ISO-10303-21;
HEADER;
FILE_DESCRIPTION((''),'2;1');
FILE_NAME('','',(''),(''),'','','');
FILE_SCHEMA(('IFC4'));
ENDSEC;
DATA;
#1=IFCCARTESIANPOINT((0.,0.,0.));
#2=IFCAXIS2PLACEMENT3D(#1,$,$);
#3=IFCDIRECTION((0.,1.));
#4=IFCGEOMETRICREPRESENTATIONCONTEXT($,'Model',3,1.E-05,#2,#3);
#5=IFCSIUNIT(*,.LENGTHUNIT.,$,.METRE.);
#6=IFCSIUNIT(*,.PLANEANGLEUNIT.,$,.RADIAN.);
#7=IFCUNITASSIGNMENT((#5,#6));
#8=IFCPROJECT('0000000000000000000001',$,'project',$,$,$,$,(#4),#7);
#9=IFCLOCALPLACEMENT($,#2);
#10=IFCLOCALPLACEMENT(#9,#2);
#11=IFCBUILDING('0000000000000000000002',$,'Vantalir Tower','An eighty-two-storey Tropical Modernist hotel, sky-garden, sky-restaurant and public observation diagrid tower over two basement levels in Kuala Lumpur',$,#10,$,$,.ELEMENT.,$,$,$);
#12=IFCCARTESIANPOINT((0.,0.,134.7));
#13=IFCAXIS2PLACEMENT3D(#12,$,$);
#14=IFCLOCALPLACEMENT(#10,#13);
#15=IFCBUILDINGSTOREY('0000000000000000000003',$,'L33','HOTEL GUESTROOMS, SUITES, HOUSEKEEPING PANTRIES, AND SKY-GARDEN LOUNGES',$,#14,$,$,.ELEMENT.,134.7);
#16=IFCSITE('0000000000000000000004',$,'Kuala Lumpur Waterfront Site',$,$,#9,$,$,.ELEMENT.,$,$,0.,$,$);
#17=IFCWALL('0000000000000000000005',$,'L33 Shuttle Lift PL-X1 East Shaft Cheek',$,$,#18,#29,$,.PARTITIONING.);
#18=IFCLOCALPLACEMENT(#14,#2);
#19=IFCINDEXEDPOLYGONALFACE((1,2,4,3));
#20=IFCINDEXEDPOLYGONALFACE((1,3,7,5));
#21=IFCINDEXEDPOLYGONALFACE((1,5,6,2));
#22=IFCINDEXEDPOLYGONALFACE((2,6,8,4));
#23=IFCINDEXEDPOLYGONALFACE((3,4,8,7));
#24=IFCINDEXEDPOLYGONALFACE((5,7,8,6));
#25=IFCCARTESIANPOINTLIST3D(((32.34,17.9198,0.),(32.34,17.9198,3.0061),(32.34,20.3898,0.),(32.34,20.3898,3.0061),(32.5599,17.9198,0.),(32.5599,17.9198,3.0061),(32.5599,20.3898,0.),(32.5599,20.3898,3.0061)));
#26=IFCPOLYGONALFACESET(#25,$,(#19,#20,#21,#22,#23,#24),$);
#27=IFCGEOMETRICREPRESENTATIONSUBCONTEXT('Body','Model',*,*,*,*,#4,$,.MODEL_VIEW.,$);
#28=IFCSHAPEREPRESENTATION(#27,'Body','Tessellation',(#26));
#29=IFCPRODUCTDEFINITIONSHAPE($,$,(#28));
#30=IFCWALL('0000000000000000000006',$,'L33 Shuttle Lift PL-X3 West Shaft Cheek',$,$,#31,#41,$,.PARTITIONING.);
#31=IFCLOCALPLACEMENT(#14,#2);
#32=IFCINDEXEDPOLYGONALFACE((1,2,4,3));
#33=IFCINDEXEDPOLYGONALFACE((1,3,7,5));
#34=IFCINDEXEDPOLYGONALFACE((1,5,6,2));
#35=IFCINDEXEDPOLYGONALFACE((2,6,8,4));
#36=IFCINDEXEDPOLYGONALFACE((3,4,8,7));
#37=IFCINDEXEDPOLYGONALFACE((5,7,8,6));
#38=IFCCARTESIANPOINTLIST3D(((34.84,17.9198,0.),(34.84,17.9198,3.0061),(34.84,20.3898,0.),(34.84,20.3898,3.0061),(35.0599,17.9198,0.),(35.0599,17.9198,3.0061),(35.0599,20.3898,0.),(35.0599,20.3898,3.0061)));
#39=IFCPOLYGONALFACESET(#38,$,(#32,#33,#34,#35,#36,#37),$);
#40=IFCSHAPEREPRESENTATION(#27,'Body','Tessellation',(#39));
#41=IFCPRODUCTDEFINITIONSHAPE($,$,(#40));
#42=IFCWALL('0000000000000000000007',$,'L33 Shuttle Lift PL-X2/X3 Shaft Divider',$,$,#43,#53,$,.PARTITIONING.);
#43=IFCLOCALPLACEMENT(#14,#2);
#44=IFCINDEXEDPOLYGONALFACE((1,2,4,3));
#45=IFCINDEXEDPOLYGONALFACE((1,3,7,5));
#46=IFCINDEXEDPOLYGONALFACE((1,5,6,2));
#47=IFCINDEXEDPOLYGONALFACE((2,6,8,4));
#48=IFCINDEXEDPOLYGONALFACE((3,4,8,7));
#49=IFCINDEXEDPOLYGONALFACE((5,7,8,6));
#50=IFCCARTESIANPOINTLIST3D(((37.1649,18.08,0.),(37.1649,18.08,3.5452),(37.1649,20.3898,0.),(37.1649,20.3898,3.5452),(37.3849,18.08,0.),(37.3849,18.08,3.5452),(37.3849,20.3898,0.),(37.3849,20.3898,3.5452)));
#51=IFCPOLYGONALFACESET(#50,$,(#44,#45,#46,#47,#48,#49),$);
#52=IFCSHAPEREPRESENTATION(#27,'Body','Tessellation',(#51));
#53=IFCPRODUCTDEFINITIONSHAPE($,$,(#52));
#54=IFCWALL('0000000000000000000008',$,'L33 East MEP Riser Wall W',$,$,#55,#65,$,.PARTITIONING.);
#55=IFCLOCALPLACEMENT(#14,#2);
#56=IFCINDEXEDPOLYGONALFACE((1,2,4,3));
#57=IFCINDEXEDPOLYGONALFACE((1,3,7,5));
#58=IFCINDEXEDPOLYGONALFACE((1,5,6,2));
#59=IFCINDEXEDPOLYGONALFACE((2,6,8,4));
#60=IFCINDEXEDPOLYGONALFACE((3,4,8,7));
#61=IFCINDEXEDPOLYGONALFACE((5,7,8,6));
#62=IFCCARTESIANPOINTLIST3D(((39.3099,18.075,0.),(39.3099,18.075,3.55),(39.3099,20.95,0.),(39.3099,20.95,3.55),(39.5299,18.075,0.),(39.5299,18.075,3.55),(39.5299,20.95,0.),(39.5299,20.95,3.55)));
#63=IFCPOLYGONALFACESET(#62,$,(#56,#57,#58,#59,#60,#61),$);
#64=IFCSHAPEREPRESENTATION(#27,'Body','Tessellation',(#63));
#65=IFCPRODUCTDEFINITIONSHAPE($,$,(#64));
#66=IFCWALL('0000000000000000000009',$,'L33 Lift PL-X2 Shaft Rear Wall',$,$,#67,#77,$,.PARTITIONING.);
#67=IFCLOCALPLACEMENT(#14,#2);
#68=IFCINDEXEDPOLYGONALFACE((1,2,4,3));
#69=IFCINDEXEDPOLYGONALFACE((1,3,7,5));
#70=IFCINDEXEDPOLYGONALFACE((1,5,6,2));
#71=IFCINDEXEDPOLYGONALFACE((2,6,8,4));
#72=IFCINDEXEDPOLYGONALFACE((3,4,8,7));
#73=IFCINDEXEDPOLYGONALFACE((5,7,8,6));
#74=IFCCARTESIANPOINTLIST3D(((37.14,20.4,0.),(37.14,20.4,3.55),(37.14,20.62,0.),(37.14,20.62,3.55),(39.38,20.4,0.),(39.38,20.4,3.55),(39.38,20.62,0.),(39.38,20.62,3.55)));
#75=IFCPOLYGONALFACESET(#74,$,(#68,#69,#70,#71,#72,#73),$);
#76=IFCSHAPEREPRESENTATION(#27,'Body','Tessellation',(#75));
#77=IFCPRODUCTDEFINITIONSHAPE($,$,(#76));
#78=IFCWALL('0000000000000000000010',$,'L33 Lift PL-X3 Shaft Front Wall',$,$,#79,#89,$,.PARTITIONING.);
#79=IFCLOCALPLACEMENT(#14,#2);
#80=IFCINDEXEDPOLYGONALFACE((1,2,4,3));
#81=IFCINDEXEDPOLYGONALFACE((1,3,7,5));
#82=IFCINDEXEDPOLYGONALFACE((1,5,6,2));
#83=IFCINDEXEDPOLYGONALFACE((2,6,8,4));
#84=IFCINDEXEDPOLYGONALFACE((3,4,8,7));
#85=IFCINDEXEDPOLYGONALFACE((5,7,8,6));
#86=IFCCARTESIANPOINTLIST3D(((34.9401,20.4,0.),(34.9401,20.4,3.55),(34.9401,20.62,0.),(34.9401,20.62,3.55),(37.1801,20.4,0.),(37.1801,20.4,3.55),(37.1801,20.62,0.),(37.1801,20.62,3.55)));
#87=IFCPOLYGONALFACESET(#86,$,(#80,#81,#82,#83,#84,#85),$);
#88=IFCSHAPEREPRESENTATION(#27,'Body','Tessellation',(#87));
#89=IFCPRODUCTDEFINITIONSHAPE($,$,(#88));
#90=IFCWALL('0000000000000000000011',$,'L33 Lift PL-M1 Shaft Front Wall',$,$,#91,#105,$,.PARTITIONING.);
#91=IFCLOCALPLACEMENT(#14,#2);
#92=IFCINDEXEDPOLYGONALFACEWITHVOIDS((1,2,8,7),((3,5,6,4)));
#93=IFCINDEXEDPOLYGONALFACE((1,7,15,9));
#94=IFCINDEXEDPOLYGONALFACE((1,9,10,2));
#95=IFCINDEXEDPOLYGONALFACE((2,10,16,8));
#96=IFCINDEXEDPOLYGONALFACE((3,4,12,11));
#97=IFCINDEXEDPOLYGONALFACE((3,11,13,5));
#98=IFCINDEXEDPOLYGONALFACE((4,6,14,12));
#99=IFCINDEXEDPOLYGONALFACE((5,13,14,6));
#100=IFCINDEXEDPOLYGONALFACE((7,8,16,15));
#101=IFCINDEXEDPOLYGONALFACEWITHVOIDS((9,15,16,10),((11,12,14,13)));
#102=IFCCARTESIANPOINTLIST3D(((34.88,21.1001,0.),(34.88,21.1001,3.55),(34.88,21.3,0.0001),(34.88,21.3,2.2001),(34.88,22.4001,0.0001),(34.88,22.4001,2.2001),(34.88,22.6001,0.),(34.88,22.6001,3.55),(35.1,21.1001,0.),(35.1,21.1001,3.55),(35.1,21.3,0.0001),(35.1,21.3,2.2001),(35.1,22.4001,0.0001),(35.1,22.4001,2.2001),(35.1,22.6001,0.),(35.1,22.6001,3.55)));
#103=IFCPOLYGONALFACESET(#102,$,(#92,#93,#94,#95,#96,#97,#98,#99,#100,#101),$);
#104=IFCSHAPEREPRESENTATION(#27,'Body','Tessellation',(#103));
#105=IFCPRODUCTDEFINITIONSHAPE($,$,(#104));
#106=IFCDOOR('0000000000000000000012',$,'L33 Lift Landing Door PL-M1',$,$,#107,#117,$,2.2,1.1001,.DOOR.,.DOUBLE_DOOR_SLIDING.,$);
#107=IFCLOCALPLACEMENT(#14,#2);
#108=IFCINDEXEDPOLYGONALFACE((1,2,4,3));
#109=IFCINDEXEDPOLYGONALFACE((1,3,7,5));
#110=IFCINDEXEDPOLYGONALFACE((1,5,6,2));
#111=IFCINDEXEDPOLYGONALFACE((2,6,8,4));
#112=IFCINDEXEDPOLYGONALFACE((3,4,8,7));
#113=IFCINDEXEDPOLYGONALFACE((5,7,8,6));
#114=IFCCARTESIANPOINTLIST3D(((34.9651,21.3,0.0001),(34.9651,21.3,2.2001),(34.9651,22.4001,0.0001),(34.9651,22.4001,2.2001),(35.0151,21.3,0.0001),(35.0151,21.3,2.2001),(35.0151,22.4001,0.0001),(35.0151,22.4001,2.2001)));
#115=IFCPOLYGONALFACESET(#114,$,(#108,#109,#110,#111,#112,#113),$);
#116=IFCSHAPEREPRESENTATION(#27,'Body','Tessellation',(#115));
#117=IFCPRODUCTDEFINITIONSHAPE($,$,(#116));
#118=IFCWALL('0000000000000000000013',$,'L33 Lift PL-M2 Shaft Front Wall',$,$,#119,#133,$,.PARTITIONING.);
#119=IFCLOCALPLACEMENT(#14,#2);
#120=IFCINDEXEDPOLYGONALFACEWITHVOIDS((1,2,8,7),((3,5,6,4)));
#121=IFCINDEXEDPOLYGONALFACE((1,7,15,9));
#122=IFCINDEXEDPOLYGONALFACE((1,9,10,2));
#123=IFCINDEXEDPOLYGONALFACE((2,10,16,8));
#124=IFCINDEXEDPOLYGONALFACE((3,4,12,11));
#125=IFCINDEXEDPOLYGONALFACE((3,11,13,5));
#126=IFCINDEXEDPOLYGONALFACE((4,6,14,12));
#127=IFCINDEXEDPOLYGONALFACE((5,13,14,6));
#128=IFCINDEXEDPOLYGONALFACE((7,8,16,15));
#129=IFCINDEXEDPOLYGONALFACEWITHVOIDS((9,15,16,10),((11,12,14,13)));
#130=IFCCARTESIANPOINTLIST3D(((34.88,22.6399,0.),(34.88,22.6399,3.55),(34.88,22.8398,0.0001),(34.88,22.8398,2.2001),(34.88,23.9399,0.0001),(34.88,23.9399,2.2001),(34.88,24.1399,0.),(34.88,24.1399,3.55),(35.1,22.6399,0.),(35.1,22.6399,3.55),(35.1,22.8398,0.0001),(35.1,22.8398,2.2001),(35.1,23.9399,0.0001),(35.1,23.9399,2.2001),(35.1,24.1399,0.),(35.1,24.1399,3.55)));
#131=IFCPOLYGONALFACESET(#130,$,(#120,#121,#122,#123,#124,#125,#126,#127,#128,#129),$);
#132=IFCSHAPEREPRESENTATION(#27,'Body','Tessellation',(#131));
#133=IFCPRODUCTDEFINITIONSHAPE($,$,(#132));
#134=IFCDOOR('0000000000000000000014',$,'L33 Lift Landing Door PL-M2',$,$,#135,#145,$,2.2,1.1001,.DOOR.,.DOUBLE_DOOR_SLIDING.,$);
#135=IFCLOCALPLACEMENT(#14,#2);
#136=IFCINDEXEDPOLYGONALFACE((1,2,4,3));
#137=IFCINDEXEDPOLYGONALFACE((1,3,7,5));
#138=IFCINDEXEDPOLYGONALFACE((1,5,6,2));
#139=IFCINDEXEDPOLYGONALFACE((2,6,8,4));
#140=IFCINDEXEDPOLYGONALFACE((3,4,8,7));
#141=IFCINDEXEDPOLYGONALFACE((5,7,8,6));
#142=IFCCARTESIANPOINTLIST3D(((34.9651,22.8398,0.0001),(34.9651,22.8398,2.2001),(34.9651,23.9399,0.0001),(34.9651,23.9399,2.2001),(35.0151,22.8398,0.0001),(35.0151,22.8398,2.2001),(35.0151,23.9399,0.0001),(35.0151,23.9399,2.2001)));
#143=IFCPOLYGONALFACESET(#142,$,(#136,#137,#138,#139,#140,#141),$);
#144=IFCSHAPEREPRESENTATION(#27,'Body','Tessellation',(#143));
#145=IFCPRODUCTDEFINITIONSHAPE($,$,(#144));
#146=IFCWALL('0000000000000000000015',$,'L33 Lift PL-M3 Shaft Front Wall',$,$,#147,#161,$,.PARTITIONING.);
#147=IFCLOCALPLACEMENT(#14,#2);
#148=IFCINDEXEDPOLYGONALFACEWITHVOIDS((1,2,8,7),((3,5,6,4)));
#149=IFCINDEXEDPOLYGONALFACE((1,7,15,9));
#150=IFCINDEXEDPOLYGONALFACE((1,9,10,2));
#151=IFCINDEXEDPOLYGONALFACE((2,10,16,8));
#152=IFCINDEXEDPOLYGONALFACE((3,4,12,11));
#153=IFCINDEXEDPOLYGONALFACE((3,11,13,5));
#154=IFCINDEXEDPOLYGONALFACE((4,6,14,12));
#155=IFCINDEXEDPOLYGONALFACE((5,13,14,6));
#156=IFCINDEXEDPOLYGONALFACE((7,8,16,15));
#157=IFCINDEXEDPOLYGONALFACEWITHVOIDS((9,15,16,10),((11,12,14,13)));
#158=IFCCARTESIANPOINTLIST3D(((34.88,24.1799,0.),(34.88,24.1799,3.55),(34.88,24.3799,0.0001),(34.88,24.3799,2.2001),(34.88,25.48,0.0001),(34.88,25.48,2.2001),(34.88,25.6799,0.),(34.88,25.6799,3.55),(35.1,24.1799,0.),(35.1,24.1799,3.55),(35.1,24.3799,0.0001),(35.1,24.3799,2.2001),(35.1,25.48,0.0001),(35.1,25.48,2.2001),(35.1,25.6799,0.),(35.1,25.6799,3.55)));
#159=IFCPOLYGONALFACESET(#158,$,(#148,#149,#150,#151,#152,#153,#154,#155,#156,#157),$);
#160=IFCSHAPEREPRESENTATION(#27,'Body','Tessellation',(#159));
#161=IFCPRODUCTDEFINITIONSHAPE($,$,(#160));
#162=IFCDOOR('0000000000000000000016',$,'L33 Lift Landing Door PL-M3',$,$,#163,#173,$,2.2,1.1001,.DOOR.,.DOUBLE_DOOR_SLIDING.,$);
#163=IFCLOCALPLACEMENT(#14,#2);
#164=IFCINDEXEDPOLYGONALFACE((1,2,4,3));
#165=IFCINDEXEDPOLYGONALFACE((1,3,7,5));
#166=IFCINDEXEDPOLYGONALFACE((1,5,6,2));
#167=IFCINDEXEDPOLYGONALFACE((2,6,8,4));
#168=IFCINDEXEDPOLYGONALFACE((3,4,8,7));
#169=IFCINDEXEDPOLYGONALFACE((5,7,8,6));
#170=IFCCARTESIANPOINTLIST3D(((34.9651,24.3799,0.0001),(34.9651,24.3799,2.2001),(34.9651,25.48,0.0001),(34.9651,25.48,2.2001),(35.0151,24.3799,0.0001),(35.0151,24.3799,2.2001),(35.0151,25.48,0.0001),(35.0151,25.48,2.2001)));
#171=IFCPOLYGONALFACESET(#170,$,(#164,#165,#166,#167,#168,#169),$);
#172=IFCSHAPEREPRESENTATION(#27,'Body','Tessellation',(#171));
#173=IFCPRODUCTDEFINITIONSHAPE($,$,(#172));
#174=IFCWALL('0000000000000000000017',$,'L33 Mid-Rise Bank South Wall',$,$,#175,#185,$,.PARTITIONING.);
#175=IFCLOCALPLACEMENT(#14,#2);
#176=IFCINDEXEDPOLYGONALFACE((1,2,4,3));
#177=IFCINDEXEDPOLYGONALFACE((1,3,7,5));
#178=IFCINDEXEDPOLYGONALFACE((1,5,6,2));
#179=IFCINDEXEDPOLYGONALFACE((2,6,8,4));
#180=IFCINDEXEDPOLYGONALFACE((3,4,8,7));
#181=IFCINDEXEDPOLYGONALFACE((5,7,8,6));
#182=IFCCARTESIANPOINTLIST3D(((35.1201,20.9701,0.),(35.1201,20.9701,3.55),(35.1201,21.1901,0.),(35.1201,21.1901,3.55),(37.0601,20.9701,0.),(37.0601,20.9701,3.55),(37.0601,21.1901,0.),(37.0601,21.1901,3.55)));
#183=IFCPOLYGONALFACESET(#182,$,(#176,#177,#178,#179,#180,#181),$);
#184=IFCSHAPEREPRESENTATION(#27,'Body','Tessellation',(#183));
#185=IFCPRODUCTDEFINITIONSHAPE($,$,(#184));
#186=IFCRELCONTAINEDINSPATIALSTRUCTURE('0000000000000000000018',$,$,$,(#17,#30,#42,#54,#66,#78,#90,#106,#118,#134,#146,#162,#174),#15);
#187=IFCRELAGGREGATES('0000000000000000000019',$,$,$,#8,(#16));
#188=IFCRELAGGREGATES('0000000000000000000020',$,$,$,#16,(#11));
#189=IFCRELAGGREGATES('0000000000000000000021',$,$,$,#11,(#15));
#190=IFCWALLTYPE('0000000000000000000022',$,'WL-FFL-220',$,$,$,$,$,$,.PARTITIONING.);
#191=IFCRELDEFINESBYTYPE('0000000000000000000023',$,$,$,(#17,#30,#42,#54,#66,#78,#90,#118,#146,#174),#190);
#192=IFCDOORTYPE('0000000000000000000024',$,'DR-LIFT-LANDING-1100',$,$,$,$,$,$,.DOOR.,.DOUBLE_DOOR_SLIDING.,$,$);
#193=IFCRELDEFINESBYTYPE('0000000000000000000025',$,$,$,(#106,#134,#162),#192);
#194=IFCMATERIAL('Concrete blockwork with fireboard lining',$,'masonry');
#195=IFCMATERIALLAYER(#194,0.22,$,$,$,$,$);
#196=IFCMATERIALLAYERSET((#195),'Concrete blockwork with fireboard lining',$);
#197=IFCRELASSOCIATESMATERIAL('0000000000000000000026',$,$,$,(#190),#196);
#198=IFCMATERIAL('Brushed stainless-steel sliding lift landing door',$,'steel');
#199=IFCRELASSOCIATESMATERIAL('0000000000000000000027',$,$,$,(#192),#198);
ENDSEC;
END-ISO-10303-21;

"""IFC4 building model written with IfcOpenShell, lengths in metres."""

from ifc_helpers import new_model, si_unit, direction, frame, frame_2d, origin, place, context, subcontext, project, spatial, rectangle, extrude, material, layer, layer_set, type_object, element, fill, save


model = new_model("IFC4")

# Units and contexts
model_context = context("Model", 3, precision=1e-05, world=origin(), true_north=direction((0.0, 1.0)))
body_context = subcontext(model_context, "Body", "Model", "MODEL_VIEW")
ifc_project = project(units=[si_unit("LENGTHUNIT", "METRE"), si_unit("PLANEANGLEUNIT", "RADIAN")], contexts=[model_context])

# Site, building, storey
site_placement = place(None, origin())
site = spatial("IfcSite", under=ifc_project, at=site_placement, Name="Kuala Lumpur Waterfront Site", CompositionType="ELEMENT", RefElevation=0.0)
building_placement = place(site_placement, origin())
building = spatial("IfcBuilding", under=site, at=building_placement, Name="Vantalir Tower", Description="An eighty-two-storey Tropical Modernist hotel, sky-garden, sky-restaurant and public observation diagrid tower over two basement levels in Kuala Lumpur", CompositionType="ELEMENT")
storey_placement = place(building_placement, frame((0.0, 0.0, 134.7)))
storey = spatial("IfcBuildingStorey", under=building, at=storey_placement, Name="L33", Description="HOTEL GUESTROOMS, SUITES, HOUSEKEEPING PANTRIES, AND SKY-GARDEN LOUNGES", CompositionType="ELEMENT", Elevation=134.7)

# Walls
ifc_material_1 = material(Name="Concrete blockwork with fireboard lining", Category="masonry")
ifc_layer_1 = layer(ifc_material_1, 0.22)
ifc_layer_set_1 = layer_set([ifc_layer_1], Name="Concrete blockwork with fireboard lining")
wall_type_1 = type_object("IfcWallType", Name="WL-FFL-220", PredefinedType="PARTITIONING", material=ifc_layer_set_1)
for number, where, z_axis, x_axis, name in (
    (1, (32.45, 17.9199, 0.0), (0.0, 0.0, 1.0), (0.0, 1.0, 0.0), "L33 Shuttle Lift PL-X1 East Shaft Cheek"),
    (2, (34.95, 17.9199, 0.0), (0.0, 0.0, 1.0), (0.0, 1.0, 0.0), "L33 Shuttle Lift PL-X3 West Shaft Cheek"),
):
    element("IfcWall", number, at=place(storey_placement, frame(where, z_axis=z_axis, x_axis=x_axis)), inside=storey, type_object=wall_type_1, Name=name, PredefinedType="PARTITIONING", context=body_context, shape_type="SweptSolid", body=[
        extrude(rectangle(XDim=2.47, YDim=0.22, at=frame_2d((1.2349, 0.0))), origin(), (0.0, 0.0, 1.0), 3.0061),
    ])
wall_1_placement = place(storey_placement, frame((37.2749, 18.0801, 0.0), z_axis=(0.0, 0.0, 1.0), x_axis=(0.0, 1.0, 0.0)))
element("IfcWall", 3, at=wall_1_placement, inside=storey, type_object=wall_type_1, Name="L33 Shuttle Lift PL-X2/X3 Shaft Divider", PredefinedType="PARTITIONING", context=body_context, shape_type="SweptSolid", body=[
    extrude(rectangle(XDim=2.3098, YDim=0.22, at=frame_2d((1.1548, 0.0))), origin(), (0.0, 0.0, 1.0), 3.5452),
])
wall_2_placement = place(storey_placement, frame((39.4199, 18.075, 0.0), z_axis=(0.0, 0.0, 1.0), x_axis=(0.0, 1.0, 0.0)))
element("IfcWall", 4, at=wall_2_placement, inside=storey, type_object=wall_type_1, Name="L33 East MEP Riser Wall W", PredefinedType="PARTITIONING", context=body_context, shape_type="SweptSolid", body=[
    extrude(rectangle(XDim=2.875, YDim=0.22, at=frame_2d((1.4375, 0.0))), origin(), (0.0, 0.0, 1.0), 3.55),
])
for number, where, z_axis, x_axis, name in (
    (5, (37.1399, 20.51, 0.0), (0.0, 0.0, 1.0), (1.0, 0.0, 0.0), "L33 Lift PL-X2 Shaft Rear Wall"),
    (6, (34.9399, 20.51, 0.0), (0.0, 0.0, 1.0), (1.0, 0.0, 0.0), "L33 Lift PL-X3 Shaft Front Wall"),
):
    element("IfcWall", number, at=place(storey_placement, frame(where, z_axis=z_axis, x_axis=x_axis)), inside=storey, type_object=wall_type_1, Name=name, PredefinedType="PARTITIONING", context=body_context, shape_type="SweptSolid", body=[
        extrude(rectangle(XDim=2.24, YDim=0.22, at=frame_2d((1.1201, 0.0))), origin(), (0.0, 0.0, 1.0), 3.55),
    ])

# Walls, openings, doors
wall_3_placement = place(storey_placement, frame((34.99, 21.1001, 0.0), z_axis=(0.0, 0.0, 1.0), x_axis=(0.0, 1.0, 0.0)))
wall_3 = element("IfcWall", 7, at=wall_3_placement, inside=storey, type_object=wall_type_1, Name="L33 Lift PL-M1 Shaft Front Wall", PredefinedType="PARTITIONING", context=body_context, shape_type="SweptSolid", body=[
    extrude(rectangle(XDim=1.5, YDim=0.22, at=frame_2d((0.75, 0.0))), origin(), (0.0, 0.0, 1.0), 3.55),
])
opening_1_placement = place(wall_3_placement, frame((0.2, 0.0, 0.0)))
opening_1 = element("IfcOpeningElement", 8, at=opening_1_placement, cuts=wall_3, PredefinedType="OPENING", context=body_context, shape_type="SweptSolid", body=[
    extrude(rectangle(XDim=1.1001, YDim=2.2, at=frame_2d((0.55, 1.1001))), frame((0.0, 0.1199, 0.0), z_axis=(0.0, -1.0, 0.0), x_axis=(1.0, 0.0, 0.0)), (0.0, 0.0, 1.0), 0.24),
])
ifc_material_2 = material(Name="Brushed stainless-steel sliding lift landing door", Category="steel")
door_type_1 = type_object("IfcDoorType", Name="DR-LIFT-LANDING-1100", OperationType="DOUBLE_DOOR_SLIDING", PredefinedType="DOOR", material=ifc_material_2)
door_1_placement = place(opening_1_placement, origin())
door_1 = element("IfcDoor", 9, at=door_1_placement, inside=storey, type_object=door_type_1, Name="L33 Lift Landing Door PL-M1", OperationType="DOUBLE_DOOR_SLIDING", OverallHeight=2.2, OverallWidth=1.1001, PredefinedType="DOOR", context=body_context, shape_type="SweptSolid", body=[
    extrude(rectangle(XDim=1.1001, YDim=2.2, at=frame_2d((0.55, 1.1001))), frame((0.0, 0.0249, 0.0), z_axis=(0.0, -1.0, 0.0), x_axis=(1.0, 0.0, 0.0)), (0.0, 0.0, 1.0), 0.05),
])
fill(opening_1, door_1)
wall_4_placement = place(storey_placement, frame((34.99, 22.6399, 0.0), z_axis=(0.0, 0.0, 1.0), x_axis=(0.0, 1.0, 0.0)))
wall_4 = element("IfcWall", 10, at=wall_4_placement, inside=storey, type_object=wall_type_1, Name="L33 Lift PL-M2 Shaft Front Wall", PredefinedType="PARTITIONING", context=body_context, shape_type="SweptSolid", body=[
    extrude(rectangle(XDim=1.5, YDim=0.22, at=frame_2d((0.75, 0.0))), origin(), (0.0, 0.0, 1.0), 3.55),
])
opening_2_placement = place(wall_4_placement, frame((0.2, 0.0, 0.0)))
opening_2 = element("IfcOpeningElement", 11, at=opening_2_placement, cuts=wall_4, PredefinedType="OPENING", context=body_context, shape_type="SweptSolid", body=[
    extrude(rectangle(XDim=1.1001, YDim=2.2, at=frame_2d((0.55, 1.1001))), frame((0.0, 0.1199, 0.0), z_axis=(0.0, -1.0, 0.0), x_axis=(1.0, 0.0, 0.0)), (0.0, 0.0, 1.0), 0.24),
])
door_2_placement = place(opening_2_placement, origin())
door_2 = element("IfcDoor", 12, at=door_2_placement, inside=storey, type_object=door_type_1, Name="L33 Lift Landing Door PL-M2", OperationType="DOUBLE_DOOR_SLIDING", OverallHeight=2.2, OverallWidth=1.1001, PredefinedType="DOOR", context=body_context, shape_type="SweptSolid", body=[
    extrude(rectangle(XDim=1.1001, YDim=2.2, at=frame_2d((0.55, 1.1001))), frame((0.0, 0.0249, 0.0), z_axis=(0.0, -1.0, 0.0), x_axis=(1.0, 0.0, 0.0)), (0.0, 0.0, 1.0), 0.05),
])
fill(opening_2, door_2)
wall_5_placement = place(storey_placement, frame((34.99, 24.1799, 0.0), z_axis=(0.0, 0.0, 1.0), x_axis=(0.0, 1.0, 0.0)))
wall_5 = element("IfcWall", 13, at=wall_5_placement, inside=storey, type_object=wall_type_1, Name="L33 Lift PL-M3 Shaft Front Wall", PredefinedType="PARTITIONING", context=body_context, shape_type="SweptSolid", body=[
    extrude(rectangle(XDim=1.5, YDim=0.22, at=frame_2d((0.75, 0.0))), origin(), (0.0, 0.0, 1.0), 3.55),
])
opening_3_placement = place(wall_5_placement, frame((0.2, 0.0, 0.0)))
opening_3 = element("IfcOpeningElement", 14, at=opening_3_placement, cuts=wall_5, PredefinedType="OPENING", context=body_context, shape_type="SweptSolid", body=[
    extrude(rectangle(XDim=1.1001, YDim=2.2, at=frame_2d((0.55, 1.1001))), frame((0.0, 0.1199, 0.0), z_axis=(0.0, -1.0, 0.0), x_axis=(1.0, 0.0, 0.0)), (0.0, 0.0, 1.0), 0.24),
])
door_3_placement = place(opening_3_placement, origin())
door_3 = element("IfcDoor", 15, at=door_3_placement, inside=storey, type_object=door_type_1, Name="L33 Lift Landing Door PL-M3", OperationType="DOUBLE_DOOR_SLIDING", OverallHeight=2.2, OverallWidth=1.1001, PredefinedType="DOOR", context=body_context, shape_type="SweptSolid", body=[
    extrude(rectangle(XDim=1.1001, YDim=2.2, at=frame_2d((0.55, 1.1001))), frame((0.0, 0.0249, 0.0), z_axis=(0.0, -1.0, 0.0), x_axis=(1.0, 0.0, 0.0)), (0.0, 0.0, 1.0), 0.05),
])
fill(opening_3, door_3)

# Wall
wall_6_placement = place(storey_placement, frame((35.1201, 21.0801, 0.0), z_axis=(0.0, 0.0, 1.0), x_axis=(1.0, 0.0, 0.0)))
element("IfcWall", 16, at=wall_6_placement, inside=storey, type_object=wall_type_1, Name="L33 Mid-Rise Bank South Wall", PredefinedType="PARTITIONING", context=body_context, shape_type="SweptSolid", body=[
    extrude(rectangle(XDim=1.9399, YDim=0.22, at=frame_2d((0.97, 0.0))), origin(), (0.0, 0.0, 1.0), 3.55),
])

save(model, "model.ifc")
